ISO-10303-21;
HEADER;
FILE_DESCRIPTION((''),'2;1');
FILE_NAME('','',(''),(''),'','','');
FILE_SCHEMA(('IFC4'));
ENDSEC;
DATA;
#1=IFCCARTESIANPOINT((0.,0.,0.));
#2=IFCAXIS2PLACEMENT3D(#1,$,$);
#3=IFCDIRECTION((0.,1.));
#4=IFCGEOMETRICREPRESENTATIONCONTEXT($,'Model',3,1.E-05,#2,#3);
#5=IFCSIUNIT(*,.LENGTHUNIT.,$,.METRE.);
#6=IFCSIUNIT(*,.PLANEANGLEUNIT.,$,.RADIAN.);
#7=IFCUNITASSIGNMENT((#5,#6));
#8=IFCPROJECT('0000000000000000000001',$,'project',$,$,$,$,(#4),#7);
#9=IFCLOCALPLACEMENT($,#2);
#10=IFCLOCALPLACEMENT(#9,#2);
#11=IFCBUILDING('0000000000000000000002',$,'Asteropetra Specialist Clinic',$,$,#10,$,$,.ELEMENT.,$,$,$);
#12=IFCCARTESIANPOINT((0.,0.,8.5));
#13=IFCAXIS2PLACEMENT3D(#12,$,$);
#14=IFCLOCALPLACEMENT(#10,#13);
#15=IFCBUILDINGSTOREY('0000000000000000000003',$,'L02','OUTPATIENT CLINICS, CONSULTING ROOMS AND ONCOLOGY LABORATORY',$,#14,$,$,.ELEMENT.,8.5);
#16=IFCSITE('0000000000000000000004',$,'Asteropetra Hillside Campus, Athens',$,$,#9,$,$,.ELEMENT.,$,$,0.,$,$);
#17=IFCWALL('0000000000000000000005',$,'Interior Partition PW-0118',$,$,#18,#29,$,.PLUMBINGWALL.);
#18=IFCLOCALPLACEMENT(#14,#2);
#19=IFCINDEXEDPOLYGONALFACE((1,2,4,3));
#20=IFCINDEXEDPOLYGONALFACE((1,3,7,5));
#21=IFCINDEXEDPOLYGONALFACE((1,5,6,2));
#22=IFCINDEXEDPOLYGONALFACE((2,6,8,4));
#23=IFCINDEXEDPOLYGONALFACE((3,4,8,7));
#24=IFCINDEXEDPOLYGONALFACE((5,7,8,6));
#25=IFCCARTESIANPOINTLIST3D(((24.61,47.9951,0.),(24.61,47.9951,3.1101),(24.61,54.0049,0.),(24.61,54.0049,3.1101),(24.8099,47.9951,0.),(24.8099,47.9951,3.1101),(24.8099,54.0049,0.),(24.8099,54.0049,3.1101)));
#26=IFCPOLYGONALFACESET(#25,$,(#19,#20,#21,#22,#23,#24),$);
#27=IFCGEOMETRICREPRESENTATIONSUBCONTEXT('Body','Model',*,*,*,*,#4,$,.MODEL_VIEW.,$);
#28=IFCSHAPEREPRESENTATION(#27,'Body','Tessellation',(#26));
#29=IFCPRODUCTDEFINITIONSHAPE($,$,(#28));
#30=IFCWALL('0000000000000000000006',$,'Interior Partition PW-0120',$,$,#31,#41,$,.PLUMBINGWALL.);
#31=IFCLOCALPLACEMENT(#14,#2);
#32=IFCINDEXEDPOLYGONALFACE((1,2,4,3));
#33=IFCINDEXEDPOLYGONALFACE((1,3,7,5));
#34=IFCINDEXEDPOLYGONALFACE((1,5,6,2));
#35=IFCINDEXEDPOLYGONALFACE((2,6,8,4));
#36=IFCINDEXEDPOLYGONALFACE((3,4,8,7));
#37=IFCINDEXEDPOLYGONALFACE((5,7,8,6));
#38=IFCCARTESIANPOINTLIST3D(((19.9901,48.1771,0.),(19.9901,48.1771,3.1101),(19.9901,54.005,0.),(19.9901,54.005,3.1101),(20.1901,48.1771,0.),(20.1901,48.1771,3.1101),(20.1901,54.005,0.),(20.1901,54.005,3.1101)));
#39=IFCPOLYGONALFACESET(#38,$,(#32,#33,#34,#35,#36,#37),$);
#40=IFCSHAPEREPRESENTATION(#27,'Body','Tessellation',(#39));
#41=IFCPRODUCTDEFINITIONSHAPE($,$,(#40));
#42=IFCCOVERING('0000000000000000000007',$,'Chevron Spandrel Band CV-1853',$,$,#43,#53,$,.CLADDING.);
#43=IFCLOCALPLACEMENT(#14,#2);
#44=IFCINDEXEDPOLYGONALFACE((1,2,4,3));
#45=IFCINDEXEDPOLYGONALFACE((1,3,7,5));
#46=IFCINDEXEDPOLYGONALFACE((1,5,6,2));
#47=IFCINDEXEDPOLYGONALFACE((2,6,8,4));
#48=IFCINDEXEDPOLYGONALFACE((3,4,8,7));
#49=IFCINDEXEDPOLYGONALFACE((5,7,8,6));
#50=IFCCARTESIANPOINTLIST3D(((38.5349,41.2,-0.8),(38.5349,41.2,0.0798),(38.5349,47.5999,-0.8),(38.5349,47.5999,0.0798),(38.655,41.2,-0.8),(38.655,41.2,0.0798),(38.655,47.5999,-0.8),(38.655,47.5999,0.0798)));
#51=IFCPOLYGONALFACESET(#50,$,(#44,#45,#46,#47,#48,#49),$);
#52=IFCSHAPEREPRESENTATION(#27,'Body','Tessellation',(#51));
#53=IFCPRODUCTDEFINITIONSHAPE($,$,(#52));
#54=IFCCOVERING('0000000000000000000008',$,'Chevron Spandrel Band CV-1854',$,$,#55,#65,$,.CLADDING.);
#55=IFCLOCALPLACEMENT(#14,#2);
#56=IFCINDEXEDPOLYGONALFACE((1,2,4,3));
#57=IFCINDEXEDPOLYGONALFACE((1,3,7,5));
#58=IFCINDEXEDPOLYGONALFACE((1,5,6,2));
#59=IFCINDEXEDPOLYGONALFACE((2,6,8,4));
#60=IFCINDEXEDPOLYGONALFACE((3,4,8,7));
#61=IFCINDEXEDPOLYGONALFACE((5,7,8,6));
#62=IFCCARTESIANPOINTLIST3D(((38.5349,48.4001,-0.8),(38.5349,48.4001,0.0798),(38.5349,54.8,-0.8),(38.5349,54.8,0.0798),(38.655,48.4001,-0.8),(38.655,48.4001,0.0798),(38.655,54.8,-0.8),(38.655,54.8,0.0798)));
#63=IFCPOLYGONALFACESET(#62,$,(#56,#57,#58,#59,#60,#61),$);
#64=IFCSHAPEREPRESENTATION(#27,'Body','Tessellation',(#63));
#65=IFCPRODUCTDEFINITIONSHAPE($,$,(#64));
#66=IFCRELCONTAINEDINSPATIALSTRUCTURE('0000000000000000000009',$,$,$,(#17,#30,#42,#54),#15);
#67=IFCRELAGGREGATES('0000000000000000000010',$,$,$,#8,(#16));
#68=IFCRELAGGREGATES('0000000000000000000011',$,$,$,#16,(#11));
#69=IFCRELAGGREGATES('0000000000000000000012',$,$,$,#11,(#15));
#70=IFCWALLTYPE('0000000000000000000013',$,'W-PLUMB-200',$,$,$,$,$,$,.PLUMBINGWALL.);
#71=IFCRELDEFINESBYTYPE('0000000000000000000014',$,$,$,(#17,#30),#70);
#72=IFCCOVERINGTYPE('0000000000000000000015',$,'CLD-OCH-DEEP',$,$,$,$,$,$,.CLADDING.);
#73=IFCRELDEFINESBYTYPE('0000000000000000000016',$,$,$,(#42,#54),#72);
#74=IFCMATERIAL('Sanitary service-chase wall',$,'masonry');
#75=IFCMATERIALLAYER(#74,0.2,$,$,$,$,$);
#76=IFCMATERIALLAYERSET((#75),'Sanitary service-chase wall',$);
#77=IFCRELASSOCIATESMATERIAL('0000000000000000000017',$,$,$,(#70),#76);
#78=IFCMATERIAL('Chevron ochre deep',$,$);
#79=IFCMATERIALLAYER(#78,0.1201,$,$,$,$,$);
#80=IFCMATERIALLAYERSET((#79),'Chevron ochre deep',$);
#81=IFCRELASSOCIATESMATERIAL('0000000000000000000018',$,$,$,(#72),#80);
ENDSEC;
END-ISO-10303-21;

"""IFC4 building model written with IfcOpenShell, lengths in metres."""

from ifc_helpers import new_model, si_unit, direction, frame, frame_2d, origin, origin_2d, place, context, subcontext, project, spatial, rectangle, extrude, material, layer, layer_set, type_object, element, save


model = new_model("IFC4")

# Units and contexts
model_context = context("Model", 3, precision=1e-05, world=origin(), true_north=direction((0.0, 1.0)))
body_context = subcontext(model_context, "Body", "Model", "MODEL_VIEW")
ifc_project = project(units=[si_unit("LENGTHUNIT", "METRE"), si_unit("PLANEANGLEUNIT", "RADIAN")], contexts=[model_context])

# Site, building, storey
site_placement = place(None, origin())
site = spatial("IfcSite", under=ifc_project, at=site_placement, Name="Asteropetra Hillside Campus, Athens", CompositionType="ELEMENT", RefElevation=0.0)
building_placement = place(site_placement, origin())
building = spatial("IfcBuilding", under=site, at=building_placement, Name="Asteropetra Specialist Clinic", CompositionType="ELEMENT")
storey_placement = place(building_placement, frame((0.0, 0.0, 8.5)))
storey = spatial("IfcBuildingStorey", under=building, at=storey_placement, Name="L02", Description="OUTPATIENT CLINICS, CONSULTING ROOMS AND ONCOLOGY LABORATORY", CompositionType="ELEMENT", Elevation=8.5)

# Walls
ifc_material_1 = material(Name="Sanitary service-chase wall", Category="masonry")
ifc_layer_1 = layer(ifc_material_1, 0.2)
ifc_layer_set_1 = layer_set([ifc_layer_1], Name="Sanitary service-chase wall")
wall_type_1 = type_object("IfcWallType", Name="W-PLUMB-200", PredefinedType="PLUMBINGWALL", material=ifc_layer_set_1)
wall_1_placement = place(storey_placement, frame((24.71, 47.9951, 0.0), z_axis=(0.0, 0.0, 1.0), x_axis=(0.0, 1.0, 0.0)))
element("IfcWall", 1, at=wall_1_placement, inside=storey, type_object=wall_type_1, Name="Interior Partition PW-0118", PredefinedType="PLUMBINGWALL", context=body_context, shape_type="SweptSolid", body=[
    extrude(rectangle(XDim=6.0098, YDim=0.2, at=frame_2d((3.0049, 0.0))), origin(), (0.0, 0.0, 1.0), 3.1101),
])
wall_2_placement = place(storey_placement, frame((20.0901, 48.177, 0.0), z_axis=(0.0, 0.0, 1.0), x_axis=(0.0, 1.0, 0.0)))
element("IfcWall", 2, at=wall_2_placement, inside=storey, type_object=wall_type_1, Name="Interior Partition PW-0120", PredefinedType="PLUMBINGWALL", context=body_context, shape_type="SweptSolid", body=[
    extrude(rectangle(XDim=5.8279, YDim=0.2, at=frame_2d((2.9141, 0.0))), origin(), (0.0, 0.0, 1.0), 3.1101),
])

# Coverings
ifc_material_2 = material(Name="Chevron ochre deep")
ifc_layer_2 = layer(ifc_material_2, 0.1201)
ifc_layer_set_2 = layer_set([ifc_layer_2], Name="Chevron ochre deep")
covering_type = type_object("IfcCoveringType", Name="CLD-OCH-DEEP", PredefinedType="CLADDING", material=ifc_layer_set_2)
for number, where, z_axis, x_axis, name in (
    (3, (38.595, 44.3999, -0.8), (0.0, 0.0, 1.0), (1.0, 0.0, 0.0), "Chevron Spandrel Band CV-1853"),
    (4, (38.595, 51.6001, -0.8), (0.0, 0.0, 1.0), (1.0, 0.0, 0.0), "Chevron Spandrel Band CV-1854"),
):
    element("IfcCovering", number, at=place(storey_placement, frame(where, z_axis=z_axis, x_axis=x_axis)), inside=storey, type_object=covering_type, Name=name, PredefinedType="CLADDING", context=body_context, shape_type="SweptSolid", body=[
        extrude(rectangle(XDim=0.1201, YDim=6.3999, at=origin_2d()), origin(), (0.0, 0.0, 1.0), 0.8799),
    ])

save(model, "model.ifc")
